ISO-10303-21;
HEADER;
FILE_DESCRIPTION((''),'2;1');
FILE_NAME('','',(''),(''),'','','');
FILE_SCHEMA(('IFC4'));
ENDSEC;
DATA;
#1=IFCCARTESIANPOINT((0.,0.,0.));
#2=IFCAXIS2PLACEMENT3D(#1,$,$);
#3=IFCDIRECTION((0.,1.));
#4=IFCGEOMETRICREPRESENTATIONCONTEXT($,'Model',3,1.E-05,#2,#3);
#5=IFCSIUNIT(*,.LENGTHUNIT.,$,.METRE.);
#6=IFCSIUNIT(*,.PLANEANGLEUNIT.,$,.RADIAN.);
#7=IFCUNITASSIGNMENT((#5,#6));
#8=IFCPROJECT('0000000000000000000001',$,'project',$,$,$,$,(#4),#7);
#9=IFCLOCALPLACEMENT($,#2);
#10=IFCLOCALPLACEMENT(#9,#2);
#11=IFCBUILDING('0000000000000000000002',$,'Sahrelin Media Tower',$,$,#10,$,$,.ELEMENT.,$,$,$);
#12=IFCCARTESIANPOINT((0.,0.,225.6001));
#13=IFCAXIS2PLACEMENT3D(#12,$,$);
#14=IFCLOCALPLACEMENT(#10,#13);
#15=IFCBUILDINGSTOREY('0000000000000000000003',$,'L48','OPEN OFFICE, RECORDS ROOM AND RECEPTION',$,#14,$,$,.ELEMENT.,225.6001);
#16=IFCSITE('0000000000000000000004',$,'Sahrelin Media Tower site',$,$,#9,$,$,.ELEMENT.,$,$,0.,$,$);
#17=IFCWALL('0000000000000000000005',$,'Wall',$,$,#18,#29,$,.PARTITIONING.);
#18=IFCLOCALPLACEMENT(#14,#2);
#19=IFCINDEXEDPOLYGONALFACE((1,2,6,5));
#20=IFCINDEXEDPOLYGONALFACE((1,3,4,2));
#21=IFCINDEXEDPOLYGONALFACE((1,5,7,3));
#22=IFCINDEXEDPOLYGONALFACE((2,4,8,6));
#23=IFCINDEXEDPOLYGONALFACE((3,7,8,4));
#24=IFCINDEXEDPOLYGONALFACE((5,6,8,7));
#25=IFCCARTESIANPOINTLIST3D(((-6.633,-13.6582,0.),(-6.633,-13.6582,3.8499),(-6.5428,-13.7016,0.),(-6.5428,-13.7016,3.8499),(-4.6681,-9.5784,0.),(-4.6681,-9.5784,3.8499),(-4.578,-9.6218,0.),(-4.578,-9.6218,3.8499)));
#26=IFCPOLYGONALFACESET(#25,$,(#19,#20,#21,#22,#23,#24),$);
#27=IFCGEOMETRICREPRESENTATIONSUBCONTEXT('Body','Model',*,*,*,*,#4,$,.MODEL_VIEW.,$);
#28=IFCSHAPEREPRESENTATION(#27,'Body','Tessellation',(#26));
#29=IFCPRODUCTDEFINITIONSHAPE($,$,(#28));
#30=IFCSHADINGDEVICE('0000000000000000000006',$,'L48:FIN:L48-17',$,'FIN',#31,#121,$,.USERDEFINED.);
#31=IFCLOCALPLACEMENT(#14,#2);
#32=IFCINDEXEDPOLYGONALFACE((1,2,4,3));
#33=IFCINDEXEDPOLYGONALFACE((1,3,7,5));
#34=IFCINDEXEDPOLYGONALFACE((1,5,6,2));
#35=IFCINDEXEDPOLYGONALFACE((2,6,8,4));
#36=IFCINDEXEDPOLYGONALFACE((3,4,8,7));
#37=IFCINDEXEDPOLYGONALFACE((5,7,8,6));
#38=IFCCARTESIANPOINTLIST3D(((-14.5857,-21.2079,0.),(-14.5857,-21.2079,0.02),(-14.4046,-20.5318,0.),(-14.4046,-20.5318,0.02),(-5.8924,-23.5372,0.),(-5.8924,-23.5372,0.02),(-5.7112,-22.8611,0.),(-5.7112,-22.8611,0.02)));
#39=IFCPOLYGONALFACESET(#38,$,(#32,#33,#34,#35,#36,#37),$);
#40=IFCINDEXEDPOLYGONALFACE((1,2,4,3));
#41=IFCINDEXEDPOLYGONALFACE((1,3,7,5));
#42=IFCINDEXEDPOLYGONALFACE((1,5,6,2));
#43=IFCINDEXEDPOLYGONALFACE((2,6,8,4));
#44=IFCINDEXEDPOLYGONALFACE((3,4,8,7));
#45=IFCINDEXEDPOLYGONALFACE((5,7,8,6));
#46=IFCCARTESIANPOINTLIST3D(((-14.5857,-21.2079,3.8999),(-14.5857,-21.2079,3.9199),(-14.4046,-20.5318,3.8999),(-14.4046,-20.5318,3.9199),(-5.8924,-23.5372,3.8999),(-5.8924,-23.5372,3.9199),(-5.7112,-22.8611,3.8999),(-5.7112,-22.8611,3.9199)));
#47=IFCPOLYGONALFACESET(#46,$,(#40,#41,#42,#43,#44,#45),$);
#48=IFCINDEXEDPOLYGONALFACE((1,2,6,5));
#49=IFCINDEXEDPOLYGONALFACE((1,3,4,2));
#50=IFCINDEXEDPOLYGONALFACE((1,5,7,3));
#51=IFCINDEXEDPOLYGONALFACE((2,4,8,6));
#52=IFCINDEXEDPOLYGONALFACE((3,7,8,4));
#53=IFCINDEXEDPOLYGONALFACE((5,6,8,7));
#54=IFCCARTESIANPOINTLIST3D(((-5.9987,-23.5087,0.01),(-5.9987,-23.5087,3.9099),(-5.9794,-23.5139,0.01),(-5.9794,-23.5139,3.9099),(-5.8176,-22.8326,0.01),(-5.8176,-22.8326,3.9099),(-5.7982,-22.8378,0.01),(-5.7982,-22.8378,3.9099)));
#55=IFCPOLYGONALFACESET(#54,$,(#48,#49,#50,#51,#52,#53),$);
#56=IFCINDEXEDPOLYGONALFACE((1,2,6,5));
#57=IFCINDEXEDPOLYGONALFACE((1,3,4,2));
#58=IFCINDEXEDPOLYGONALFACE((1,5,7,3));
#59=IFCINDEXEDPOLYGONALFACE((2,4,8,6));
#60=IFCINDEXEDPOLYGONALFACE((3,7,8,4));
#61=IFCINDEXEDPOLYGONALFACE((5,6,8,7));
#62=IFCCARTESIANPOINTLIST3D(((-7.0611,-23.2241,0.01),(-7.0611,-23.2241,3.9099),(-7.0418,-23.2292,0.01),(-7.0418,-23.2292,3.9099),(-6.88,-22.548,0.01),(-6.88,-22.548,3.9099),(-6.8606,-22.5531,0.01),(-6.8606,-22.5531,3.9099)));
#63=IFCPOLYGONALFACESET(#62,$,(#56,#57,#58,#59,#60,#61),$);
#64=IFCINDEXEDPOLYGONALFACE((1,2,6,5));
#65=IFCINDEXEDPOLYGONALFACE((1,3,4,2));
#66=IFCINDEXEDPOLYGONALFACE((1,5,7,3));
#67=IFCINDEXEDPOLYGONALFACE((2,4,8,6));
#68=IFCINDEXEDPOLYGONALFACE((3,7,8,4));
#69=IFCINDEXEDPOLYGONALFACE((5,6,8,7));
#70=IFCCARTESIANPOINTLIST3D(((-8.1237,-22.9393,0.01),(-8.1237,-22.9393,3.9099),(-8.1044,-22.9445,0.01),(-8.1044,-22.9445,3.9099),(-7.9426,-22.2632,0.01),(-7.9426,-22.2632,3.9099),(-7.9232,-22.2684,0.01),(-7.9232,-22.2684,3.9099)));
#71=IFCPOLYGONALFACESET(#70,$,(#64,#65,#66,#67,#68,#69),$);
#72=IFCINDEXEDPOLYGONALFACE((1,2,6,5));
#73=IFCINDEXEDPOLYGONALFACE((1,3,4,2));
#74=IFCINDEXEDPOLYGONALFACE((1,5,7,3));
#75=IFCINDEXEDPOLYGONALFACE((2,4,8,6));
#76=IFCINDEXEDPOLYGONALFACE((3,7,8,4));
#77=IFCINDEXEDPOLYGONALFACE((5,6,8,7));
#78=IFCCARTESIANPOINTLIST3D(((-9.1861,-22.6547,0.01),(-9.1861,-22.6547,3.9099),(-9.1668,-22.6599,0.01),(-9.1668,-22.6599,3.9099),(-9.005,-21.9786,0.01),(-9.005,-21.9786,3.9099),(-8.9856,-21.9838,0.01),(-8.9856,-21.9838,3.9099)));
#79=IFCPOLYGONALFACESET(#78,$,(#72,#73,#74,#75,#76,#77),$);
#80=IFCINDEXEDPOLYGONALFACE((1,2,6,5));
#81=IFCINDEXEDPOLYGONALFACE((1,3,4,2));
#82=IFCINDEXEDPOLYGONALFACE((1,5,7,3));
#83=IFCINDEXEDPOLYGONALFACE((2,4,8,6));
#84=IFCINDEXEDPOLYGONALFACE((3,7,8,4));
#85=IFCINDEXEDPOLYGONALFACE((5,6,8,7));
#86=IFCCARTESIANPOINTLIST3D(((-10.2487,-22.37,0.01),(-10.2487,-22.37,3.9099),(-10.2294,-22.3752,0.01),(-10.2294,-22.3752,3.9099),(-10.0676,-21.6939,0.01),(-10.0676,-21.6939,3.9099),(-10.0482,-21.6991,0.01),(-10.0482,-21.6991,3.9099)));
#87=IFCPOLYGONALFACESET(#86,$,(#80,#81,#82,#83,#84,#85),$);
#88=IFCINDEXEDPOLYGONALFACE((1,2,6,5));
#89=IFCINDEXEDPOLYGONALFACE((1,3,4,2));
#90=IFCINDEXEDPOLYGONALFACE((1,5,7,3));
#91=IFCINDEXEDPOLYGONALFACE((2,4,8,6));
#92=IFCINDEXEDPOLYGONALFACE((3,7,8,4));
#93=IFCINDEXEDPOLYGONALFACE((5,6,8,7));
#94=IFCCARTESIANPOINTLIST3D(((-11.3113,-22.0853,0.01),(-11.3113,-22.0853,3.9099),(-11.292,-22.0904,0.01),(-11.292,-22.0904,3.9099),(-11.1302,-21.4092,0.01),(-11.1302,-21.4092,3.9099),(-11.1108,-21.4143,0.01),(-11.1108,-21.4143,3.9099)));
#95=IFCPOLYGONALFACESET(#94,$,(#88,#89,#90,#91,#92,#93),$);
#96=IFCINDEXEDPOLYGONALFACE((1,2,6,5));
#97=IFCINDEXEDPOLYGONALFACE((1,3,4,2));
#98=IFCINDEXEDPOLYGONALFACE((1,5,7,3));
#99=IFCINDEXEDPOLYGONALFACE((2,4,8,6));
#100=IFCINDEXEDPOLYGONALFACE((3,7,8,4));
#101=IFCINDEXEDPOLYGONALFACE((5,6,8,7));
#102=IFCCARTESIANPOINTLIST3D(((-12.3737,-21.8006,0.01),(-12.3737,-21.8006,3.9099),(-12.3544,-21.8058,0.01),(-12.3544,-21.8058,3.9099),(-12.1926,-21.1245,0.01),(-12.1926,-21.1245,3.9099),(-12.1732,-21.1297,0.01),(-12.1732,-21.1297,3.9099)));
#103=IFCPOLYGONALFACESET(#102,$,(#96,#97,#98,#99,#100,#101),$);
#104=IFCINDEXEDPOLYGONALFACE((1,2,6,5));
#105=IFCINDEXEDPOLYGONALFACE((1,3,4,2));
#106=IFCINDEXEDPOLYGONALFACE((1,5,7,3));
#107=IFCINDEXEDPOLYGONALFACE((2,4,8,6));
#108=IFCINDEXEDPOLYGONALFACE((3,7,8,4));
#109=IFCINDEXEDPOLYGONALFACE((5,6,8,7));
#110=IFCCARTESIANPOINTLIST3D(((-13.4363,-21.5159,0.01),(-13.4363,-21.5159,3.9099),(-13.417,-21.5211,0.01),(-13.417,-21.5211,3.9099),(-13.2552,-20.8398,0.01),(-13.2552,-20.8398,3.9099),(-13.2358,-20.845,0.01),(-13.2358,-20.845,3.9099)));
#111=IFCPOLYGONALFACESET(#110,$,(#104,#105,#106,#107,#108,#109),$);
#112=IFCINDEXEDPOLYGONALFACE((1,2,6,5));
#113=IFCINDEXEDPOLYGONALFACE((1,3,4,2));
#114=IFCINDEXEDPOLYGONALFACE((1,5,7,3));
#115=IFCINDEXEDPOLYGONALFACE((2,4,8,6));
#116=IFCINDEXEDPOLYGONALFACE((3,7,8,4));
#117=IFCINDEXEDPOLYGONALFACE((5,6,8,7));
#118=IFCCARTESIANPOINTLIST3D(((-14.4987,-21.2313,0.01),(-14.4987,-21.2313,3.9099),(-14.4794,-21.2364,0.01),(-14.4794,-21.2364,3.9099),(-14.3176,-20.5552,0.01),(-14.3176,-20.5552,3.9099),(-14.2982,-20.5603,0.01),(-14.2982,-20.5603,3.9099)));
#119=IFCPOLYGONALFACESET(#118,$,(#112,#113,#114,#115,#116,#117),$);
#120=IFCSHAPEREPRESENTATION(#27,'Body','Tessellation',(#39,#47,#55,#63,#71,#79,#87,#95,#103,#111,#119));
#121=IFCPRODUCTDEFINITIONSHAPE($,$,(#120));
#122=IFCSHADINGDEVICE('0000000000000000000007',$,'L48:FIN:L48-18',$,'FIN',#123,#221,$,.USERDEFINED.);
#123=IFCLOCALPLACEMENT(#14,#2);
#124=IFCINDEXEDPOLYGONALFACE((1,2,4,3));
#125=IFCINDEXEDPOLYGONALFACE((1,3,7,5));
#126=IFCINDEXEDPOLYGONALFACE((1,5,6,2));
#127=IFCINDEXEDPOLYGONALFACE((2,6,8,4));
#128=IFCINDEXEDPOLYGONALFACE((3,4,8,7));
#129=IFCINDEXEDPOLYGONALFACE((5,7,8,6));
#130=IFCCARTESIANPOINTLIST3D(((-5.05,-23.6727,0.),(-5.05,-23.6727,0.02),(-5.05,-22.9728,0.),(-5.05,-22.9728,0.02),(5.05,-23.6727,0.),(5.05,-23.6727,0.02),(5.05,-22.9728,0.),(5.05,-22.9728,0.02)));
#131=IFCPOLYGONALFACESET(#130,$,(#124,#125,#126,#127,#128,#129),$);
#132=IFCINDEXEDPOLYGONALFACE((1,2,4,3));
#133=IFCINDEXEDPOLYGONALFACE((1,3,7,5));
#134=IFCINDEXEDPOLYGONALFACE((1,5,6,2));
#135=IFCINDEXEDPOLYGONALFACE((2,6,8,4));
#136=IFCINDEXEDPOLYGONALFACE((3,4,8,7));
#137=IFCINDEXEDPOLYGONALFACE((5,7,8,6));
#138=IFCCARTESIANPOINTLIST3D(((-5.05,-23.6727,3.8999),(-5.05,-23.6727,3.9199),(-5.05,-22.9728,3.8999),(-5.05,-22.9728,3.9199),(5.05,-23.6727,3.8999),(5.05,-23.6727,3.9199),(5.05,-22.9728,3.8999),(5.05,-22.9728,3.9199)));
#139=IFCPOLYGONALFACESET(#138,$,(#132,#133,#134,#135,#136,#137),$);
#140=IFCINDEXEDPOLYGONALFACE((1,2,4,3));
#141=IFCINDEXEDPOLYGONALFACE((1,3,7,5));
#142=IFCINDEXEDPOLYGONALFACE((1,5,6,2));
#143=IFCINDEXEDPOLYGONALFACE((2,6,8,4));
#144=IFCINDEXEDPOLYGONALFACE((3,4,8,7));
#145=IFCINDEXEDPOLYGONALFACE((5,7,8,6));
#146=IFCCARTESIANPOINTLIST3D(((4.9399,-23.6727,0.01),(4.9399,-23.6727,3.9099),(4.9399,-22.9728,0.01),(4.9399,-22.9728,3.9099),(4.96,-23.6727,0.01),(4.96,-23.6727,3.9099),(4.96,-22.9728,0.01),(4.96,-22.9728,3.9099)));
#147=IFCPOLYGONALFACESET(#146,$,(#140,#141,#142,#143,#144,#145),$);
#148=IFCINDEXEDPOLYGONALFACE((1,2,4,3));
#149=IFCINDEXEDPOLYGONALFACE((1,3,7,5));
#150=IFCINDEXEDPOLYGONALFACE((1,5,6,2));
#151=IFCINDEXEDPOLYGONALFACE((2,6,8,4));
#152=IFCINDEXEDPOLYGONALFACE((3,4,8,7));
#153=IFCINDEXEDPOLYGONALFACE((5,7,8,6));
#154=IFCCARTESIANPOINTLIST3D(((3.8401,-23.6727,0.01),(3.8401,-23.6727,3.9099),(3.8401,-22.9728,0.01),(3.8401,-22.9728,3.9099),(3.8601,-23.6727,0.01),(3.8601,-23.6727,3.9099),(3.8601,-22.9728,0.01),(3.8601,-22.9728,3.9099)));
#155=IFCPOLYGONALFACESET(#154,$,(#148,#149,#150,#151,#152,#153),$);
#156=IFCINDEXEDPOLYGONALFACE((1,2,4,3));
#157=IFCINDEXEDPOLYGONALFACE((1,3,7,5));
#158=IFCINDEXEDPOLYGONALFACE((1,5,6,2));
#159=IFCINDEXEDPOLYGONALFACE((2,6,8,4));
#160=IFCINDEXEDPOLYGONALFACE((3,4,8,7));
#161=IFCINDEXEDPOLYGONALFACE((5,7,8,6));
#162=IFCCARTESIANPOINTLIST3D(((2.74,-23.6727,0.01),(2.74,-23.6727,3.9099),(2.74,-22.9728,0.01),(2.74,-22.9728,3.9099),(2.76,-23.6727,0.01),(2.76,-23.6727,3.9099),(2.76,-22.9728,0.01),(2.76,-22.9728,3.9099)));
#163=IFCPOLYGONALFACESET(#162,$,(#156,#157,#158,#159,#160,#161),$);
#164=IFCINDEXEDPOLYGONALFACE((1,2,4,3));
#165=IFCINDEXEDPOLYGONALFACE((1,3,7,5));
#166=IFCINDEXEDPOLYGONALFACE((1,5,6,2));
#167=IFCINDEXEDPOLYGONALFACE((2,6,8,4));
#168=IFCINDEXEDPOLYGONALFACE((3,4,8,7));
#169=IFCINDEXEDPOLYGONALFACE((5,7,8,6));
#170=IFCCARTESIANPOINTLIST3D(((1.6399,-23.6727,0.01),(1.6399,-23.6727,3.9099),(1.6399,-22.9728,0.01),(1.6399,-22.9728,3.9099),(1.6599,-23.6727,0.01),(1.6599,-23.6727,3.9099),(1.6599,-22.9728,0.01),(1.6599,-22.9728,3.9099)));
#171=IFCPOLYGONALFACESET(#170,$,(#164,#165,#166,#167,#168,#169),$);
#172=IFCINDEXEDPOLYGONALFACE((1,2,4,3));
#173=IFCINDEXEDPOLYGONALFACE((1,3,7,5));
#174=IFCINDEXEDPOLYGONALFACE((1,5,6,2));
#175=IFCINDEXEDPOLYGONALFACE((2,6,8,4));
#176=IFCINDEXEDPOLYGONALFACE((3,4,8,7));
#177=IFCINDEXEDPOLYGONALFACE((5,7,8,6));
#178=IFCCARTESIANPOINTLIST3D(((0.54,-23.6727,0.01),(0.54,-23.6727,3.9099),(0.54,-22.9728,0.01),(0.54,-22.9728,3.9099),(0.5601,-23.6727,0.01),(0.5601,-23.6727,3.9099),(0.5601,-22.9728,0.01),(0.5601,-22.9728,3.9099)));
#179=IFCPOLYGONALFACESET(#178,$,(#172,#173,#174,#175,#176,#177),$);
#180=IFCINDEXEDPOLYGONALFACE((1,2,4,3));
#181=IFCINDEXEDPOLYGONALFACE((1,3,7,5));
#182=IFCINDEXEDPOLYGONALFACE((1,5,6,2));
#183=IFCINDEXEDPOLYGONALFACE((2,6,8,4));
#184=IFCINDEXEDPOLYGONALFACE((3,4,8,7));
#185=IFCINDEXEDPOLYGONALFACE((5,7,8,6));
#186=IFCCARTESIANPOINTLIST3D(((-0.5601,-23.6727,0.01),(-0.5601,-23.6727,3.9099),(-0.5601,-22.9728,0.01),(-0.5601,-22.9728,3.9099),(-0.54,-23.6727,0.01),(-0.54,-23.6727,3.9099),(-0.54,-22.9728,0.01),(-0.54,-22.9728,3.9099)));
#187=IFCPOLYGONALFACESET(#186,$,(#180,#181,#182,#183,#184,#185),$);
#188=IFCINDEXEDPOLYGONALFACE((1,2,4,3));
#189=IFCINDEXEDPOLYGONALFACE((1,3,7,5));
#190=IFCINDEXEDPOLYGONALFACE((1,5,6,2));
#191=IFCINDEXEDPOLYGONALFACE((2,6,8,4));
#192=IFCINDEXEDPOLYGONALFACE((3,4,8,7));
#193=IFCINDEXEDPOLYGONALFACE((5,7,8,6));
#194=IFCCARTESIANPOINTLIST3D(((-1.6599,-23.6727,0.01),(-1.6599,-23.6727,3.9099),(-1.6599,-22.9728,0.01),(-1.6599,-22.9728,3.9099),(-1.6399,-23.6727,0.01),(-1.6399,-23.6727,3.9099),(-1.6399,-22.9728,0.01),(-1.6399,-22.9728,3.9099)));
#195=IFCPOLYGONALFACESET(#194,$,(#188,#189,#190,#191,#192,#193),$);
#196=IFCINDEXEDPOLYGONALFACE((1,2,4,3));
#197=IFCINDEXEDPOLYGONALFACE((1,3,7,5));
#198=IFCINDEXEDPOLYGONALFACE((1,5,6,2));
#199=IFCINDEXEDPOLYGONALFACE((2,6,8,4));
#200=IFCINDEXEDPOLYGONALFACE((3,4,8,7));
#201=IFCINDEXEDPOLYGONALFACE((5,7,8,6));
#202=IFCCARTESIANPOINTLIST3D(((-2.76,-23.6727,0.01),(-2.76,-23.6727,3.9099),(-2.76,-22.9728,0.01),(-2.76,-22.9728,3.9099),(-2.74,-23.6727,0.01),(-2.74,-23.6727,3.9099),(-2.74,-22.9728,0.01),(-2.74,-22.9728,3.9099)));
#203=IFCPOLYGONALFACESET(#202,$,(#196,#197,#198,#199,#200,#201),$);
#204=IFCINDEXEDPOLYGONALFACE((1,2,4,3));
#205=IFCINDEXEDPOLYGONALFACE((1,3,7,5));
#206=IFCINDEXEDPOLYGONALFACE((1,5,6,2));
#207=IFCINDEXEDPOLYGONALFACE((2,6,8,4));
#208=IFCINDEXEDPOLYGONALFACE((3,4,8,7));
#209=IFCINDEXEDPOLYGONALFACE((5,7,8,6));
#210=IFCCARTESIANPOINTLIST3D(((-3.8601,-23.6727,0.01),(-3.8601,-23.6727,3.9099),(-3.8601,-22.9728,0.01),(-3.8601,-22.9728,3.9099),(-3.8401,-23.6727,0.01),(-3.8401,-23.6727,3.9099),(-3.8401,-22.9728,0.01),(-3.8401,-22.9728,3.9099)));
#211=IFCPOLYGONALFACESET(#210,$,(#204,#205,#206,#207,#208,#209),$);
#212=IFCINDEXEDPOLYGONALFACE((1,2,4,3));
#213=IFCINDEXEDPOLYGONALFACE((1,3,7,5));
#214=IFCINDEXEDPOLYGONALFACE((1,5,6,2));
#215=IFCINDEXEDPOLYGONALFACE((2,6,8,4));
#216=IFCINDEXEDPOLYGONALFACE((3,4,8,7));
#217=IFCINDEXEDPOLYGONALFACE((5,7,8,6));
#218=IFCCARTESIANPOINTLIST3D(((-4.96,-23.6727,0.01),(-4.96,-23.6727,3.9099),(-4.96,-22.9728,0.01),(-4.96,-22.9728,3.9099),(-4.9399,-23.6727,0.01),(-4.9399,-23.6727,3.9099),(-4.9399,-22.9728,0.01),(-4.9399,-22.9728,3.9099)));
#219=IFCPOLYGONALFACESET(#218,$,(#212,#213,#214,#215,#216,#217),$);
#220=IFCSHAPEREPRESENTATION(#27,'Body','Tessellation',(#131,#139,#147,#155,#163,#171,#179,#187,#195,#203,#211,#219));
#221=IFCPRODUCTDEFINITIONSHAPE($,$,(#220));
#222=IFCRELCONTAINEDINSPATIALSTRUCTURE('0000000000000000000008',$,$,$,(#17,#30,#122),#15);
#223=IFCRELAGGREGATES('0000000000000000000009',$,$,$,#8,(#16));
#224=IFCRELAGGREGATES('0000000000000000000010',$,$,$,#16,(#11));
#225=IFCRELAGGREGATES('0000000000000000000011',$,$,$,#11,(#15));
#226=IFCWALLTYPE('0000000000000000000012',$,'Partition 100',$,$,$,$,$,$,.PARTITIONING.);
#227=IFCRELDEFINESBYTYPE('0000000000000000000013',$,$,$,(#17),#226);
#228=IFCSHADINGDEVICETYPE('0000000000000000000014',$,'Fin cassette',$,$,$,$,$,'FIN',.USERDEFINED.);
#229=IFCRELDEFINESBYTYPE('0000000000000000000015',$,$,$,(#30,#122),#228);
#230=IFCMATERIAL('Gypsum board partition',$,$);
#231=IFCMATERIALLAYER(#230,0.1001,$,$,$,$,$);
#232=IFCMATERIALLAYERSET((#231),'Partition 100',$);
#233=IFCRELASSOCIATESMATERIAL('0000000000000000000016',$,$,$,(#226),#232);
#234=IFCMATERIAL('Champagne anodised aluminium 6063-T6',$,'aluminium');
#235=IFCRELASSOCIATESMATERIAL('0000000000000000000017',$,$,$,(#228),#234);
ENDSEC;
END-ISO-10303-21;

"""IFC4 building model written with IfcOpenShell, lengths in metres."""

from ifc_helpers import new_model, si_unit, direction, frame, frame_2d, origin, origin_2d, place, context, subcontext, project, spatial, rectangle, extrude, material, layer, layer_set, type_object, element, save


model = new_model("IFC4")

# Units and contexts
model_context = context("Model", 3, precision=1e-05, world=origin(), true_north=direction((0.0, 1.0)))
body_context = subcontext(model_context, "Body", "Model", "MODEL_VIEW")
ifc_project = project(units=[si_unit("LENGTHUNIT", "METRE"), si_unit("PLANEANGLEUNIT", "RADIAN")], contexts=[model_context])

# Site, building, storey
site_placement = place(None, origin())
site = spatial("IfcSite", under=ifc_project, at=site_placement, Name="Sahrelin Media Tower site", CompositionType="ELEMENT", RefElevation=0.0)
building_placement = place(site_placement, origin())
building = spatial("IfcBuilding", under=site, at=building_placement, Name="Sahrelin Media Tower", CompositionType="ELEMENT")
storey_placement = place(building_placement, frame((0.0, 0.0, 225.6001)))
storey = spatial("IfcBuildingStorey", under=building, at=storey_placement, Name="L48", Description="OPEN OFFICE, RECORDS ROOM AND RECEPTION", CompositionType="ELEMENT", Elevation=225.6001)

# Shared definitions
ifc_material_1 = material(Name="Champagne anodised aluminium 6063-T6", Category="aluminium")

# Wall
ifc_material_2 = material(Name="Gypsum board partition")
ifc_layer_1 = layer(ifc_material_2, 0.1001)
ifc_layer_set_1 = layer_set([ifc_layer_1], Name="Partition 100")
wall_type_1 = type_object("IfcWallType", Name="Partition 100", PredefinedType="PARTITIONING", material=ifc_layer_set_1)
wall_1_placement = place(storey_placement, frame((-6.5879, -13.6799, 0.0), z_axis=(0.0, 0.0, 1.0), x_axis=(0.433902, 0.90096, 0.0)))
element("IfcWall", 1, at=wall_1_placement, inside=storey, type_object=wall_type_1, Name="Wall", PredefinedType="PARTITIONING", context=body_context, shape_type="SweptSolid", body=[
    extrude(rectangle(XDim=4.5283, YDim=0.1001, at=frame_2d((2.2642, 0.0))), origin(), (0.0, 0.0, 1.0), 3.8499),
])

# Shading devices
shading_device_type_1 = type_object("IfcShadingDeviceType", Name="Fin cassette", ElementType="FIN", PredefinedType="USERDEFINED", material=ifc_material_1)
placement_1 = place(storey_placement, frame((-10.0398, -21.6289, 0.0), z_axis=(0.0, 0.0, 1.0), x_axis=(-0.965929, 0.258808, 0.0)))
element("IfcShadingDevice", 2, at=placement_1, inside=storey, type_object=shading_device_type_1, Name="L48:FIN:L48-17", ObjectType="FIN", PredefinedType="USERDEFINED", context=body_context, shape_type="SweptSolid", body=[
    extrude(rectangle(XDim=9.0, YDim=0.7, at=origin_2d()), frame((0.0, 0.4199, 0.0)), (0.0, 0.0, 1.0), 0.02),
    extrude(rectangle(XDim=9.0, YDim=0.7, at=origin_2d()), frame((0.0, 0.4199, 3.8999)), (0.0, 0.0, 1.0), 0.02),
    extrude(rectangle(XDim=0.02, YDim=0.7, at=origin_2d()), frame((-4.3999, 0.4199, 0.01), z_axis=(0.0, 0.0, 1.0), x_axis=(1.0, 0.0, 0.0)), (0.0, 0.0, 1.0), 3.8999),
    extrude(rectangle(XDim=0.02, YDim=0.7, at=origin_2d()), frame((-3.3, 0.4199, 0.01), z_axis=(0.0, 0.0, 1.0), x_axis=(1.0, 0.0, 0.0)), (0.0, 0.0, 1.0), 3.8999),
    extrude(rectangle(XDim=0.02, YDim=0.7, at=origin_2d()), frame((-2.2, 0.4199, 0.01), z_axis=(0.0, 0.0, 1.0), x_axis=(1.0, 0.0, 0.0)), (0.0, 0.0, 1.0), 3.8999),
    extrude(rectangle(XDim=0.02, YDim=0.7, at=origin_2d()), frame((-1.1001, 0.4199, 0.01), z_axis=(0.0, 0.0, 1.0), x_axis=(1.0, 0.0, 0.0)), (0.0, 0.0, 1.0), 3.8999),
    extrude(rectangle(XDim=0.02, YDim=0.7, at=origin_2d()), frame((0.0, 0.4199, 0.01), z_axis=(0.0, 0.0, 1.0), x_axis=(1.0, 0.0, 0.0)), (0.0, 0.0, 1.0), 3.8999),
    extrude(rectangle(XDim=0.02, YDim=0.7, at=origin_2d()), frame((1.1001, 0.4199, 0.01), z_axis=(0.0, 0.0, 1.0), x_axis=(1.0, 0.0, 0.0)), (0.0, 0.0, 1.0), 3.8999),
    extrude(rectangle(XDim=0.02, YDim=0.7, at=origin_2d()), frame((2.2, 0.4199, 0.01), z_axis=(0.0, 0.0, 1.0), x_axis=(1.0, 0.0, 0.0)), (0.0, 0.0, 1.0), 3.8999),
    extrude(rectangle(XDim=0.02, YDim=0.7, at=origin_2d()), frame((3.3, 0.4199, 0.01), z_axis=(0.0, 0.0, 1.0), x_axis=(1.0, 0.0, 0.0)), (0.0, 0.0, 1.0), 3.8999),
    extrude(rectangle(XDim=0.02, YDim=0.7, at=origin_2d()), frame((4.3999, 0.4199, 0.01), z_axis=(0.0, 0.0, 1.0), x_axis=(1.0, 0.0, 0.0)), (0.0, 0.0, 1.0), 3.8999),
])
placement_2 = place(storey_placement, frame((0.0, -22.9028, 0.0), z_axis=(0.0, 0.0, 1.0), x_axis=(-1.0, 0.0, 0.0)))
element("IfcShadingDevice", 3, at=placement_2, inside=storey, type_object=shading_device_type_1, Name="L48:FIN:L48-18", ObjectType="FIN", PredefinedType="USERDEFINED", context=body_context, shape_type="SweptSolid", body=[
    extrude(rectangle(XDim=10.1001, YDim=0.7, at=origin_2d()), frame((0.0, 0.4199, 0.0)), (0.0, 0.0, 1.0), 0.02),
    extrude(rectangle(XDim=10.1001, YDim=0.7, at=origin_2d()), frame((0.0, 0.4199, 3.8999)), (0.0, 0.0, 1.0), 0.02),
    extrude(rectangle(XDim=0.02, YDim=0.7, at=origin_2d()), frame((-4.95, 0.4199, 0.01), z_axis=(0.0, 0.0, 1.0), x_axis=(1.0, 0.0, 0.0)), (0.0, 0.0, 1.0), 3.8999),
    extrude(rectangle(XDim=0.02, YDim=0.7, at=origin_2d()), frame((-3.8501, 0.4199, 0.01), z_axis=(0.0, 0.0, 1.0), x_axis=(1.0, 0.0, 0.0)), (0.0, 0.0, 1.0), 3.8999),
    extrude(rectangle(XDim=0.02, YDim=0.7, at=origin_2d()), frame((-2.75, 0.4199, 0.01), z_axis=(0.0, 0.0, 1.0), x_axis=(1.0, 0.0, 0.0)), (0.0, 0.0, 1.0), 3.8999),
    extrude(rectangle(XDim=0.02, YDim=0.7, at=origin_2d()), frame((-1.6499, 0.4199, 0.01), z_axis=(0.0, 0.0, 1.0), x_axis=(1.0, 0.0, 0.0)), (0.0, 0.0, 1.0), 3.8999),
    extrude(rectangle(XDim=0.02, YDim=0.7, at=origin_2d()), frame((-0.55, 0.4199, 0.01), z_axis=(0.0, 0.0, 1.0), x_axis=(1.0, 0.0, 0.0)), (0.0, 0.0, 1.0), 3.8999),
    extrude(rectangle(XDim=0.02, YDim=0.7, at=origin_2d()), frame((0.55, 0.4199, 0.01), z_axis=(0.0, 0.0, 1.0), x_axis=(1.0, 0.0, 0.0)), (0.0, 0.0, 1.0), 3.8999),
    extrude(rectangle(XDim=0.02, YDim=0.7, at=origin_2d()), frame((1.6499, 0.4199, 0.01), z_axis=(0.0, 0.0, 1.0), x_axis=(1.0, 0.0, 0.0)), (0.0, 0.0, 1.0), 3.8999),
    extrude(rectangle(XDim=0.02, YDim=0.7, at=origin_2d()), frame((2.75, 0.4199, 0.01), z_axis=(0.0, 0.0, 1.0), x_axis=(1.0, 0.0, 0.0)), (0.0, 0.0, 1.0), 3.8999),
    extrude(rectangle(XDim=0.02, YDim=0.7, at=origin_2d()), frame((3.8501, 0.4199, 0.01), z_axis=(0.0, 0.0, 1.0), x_axis=(1.0, 0.0, 0.0)), (0.0, 0.0, 1.0), 3.8999),
    extrude(rectangle(XDim=0.02, YDim=0.7, at=origin_2d()), frame((4.95, 0.4199, 0.01), z_axis=(0.0, 0.0, 1.0), x_axis=(1.0, 0.0, 0.0)), (0.0, 0.0, 1.0), 3.8999),
])

save(model, "model.ifc")
